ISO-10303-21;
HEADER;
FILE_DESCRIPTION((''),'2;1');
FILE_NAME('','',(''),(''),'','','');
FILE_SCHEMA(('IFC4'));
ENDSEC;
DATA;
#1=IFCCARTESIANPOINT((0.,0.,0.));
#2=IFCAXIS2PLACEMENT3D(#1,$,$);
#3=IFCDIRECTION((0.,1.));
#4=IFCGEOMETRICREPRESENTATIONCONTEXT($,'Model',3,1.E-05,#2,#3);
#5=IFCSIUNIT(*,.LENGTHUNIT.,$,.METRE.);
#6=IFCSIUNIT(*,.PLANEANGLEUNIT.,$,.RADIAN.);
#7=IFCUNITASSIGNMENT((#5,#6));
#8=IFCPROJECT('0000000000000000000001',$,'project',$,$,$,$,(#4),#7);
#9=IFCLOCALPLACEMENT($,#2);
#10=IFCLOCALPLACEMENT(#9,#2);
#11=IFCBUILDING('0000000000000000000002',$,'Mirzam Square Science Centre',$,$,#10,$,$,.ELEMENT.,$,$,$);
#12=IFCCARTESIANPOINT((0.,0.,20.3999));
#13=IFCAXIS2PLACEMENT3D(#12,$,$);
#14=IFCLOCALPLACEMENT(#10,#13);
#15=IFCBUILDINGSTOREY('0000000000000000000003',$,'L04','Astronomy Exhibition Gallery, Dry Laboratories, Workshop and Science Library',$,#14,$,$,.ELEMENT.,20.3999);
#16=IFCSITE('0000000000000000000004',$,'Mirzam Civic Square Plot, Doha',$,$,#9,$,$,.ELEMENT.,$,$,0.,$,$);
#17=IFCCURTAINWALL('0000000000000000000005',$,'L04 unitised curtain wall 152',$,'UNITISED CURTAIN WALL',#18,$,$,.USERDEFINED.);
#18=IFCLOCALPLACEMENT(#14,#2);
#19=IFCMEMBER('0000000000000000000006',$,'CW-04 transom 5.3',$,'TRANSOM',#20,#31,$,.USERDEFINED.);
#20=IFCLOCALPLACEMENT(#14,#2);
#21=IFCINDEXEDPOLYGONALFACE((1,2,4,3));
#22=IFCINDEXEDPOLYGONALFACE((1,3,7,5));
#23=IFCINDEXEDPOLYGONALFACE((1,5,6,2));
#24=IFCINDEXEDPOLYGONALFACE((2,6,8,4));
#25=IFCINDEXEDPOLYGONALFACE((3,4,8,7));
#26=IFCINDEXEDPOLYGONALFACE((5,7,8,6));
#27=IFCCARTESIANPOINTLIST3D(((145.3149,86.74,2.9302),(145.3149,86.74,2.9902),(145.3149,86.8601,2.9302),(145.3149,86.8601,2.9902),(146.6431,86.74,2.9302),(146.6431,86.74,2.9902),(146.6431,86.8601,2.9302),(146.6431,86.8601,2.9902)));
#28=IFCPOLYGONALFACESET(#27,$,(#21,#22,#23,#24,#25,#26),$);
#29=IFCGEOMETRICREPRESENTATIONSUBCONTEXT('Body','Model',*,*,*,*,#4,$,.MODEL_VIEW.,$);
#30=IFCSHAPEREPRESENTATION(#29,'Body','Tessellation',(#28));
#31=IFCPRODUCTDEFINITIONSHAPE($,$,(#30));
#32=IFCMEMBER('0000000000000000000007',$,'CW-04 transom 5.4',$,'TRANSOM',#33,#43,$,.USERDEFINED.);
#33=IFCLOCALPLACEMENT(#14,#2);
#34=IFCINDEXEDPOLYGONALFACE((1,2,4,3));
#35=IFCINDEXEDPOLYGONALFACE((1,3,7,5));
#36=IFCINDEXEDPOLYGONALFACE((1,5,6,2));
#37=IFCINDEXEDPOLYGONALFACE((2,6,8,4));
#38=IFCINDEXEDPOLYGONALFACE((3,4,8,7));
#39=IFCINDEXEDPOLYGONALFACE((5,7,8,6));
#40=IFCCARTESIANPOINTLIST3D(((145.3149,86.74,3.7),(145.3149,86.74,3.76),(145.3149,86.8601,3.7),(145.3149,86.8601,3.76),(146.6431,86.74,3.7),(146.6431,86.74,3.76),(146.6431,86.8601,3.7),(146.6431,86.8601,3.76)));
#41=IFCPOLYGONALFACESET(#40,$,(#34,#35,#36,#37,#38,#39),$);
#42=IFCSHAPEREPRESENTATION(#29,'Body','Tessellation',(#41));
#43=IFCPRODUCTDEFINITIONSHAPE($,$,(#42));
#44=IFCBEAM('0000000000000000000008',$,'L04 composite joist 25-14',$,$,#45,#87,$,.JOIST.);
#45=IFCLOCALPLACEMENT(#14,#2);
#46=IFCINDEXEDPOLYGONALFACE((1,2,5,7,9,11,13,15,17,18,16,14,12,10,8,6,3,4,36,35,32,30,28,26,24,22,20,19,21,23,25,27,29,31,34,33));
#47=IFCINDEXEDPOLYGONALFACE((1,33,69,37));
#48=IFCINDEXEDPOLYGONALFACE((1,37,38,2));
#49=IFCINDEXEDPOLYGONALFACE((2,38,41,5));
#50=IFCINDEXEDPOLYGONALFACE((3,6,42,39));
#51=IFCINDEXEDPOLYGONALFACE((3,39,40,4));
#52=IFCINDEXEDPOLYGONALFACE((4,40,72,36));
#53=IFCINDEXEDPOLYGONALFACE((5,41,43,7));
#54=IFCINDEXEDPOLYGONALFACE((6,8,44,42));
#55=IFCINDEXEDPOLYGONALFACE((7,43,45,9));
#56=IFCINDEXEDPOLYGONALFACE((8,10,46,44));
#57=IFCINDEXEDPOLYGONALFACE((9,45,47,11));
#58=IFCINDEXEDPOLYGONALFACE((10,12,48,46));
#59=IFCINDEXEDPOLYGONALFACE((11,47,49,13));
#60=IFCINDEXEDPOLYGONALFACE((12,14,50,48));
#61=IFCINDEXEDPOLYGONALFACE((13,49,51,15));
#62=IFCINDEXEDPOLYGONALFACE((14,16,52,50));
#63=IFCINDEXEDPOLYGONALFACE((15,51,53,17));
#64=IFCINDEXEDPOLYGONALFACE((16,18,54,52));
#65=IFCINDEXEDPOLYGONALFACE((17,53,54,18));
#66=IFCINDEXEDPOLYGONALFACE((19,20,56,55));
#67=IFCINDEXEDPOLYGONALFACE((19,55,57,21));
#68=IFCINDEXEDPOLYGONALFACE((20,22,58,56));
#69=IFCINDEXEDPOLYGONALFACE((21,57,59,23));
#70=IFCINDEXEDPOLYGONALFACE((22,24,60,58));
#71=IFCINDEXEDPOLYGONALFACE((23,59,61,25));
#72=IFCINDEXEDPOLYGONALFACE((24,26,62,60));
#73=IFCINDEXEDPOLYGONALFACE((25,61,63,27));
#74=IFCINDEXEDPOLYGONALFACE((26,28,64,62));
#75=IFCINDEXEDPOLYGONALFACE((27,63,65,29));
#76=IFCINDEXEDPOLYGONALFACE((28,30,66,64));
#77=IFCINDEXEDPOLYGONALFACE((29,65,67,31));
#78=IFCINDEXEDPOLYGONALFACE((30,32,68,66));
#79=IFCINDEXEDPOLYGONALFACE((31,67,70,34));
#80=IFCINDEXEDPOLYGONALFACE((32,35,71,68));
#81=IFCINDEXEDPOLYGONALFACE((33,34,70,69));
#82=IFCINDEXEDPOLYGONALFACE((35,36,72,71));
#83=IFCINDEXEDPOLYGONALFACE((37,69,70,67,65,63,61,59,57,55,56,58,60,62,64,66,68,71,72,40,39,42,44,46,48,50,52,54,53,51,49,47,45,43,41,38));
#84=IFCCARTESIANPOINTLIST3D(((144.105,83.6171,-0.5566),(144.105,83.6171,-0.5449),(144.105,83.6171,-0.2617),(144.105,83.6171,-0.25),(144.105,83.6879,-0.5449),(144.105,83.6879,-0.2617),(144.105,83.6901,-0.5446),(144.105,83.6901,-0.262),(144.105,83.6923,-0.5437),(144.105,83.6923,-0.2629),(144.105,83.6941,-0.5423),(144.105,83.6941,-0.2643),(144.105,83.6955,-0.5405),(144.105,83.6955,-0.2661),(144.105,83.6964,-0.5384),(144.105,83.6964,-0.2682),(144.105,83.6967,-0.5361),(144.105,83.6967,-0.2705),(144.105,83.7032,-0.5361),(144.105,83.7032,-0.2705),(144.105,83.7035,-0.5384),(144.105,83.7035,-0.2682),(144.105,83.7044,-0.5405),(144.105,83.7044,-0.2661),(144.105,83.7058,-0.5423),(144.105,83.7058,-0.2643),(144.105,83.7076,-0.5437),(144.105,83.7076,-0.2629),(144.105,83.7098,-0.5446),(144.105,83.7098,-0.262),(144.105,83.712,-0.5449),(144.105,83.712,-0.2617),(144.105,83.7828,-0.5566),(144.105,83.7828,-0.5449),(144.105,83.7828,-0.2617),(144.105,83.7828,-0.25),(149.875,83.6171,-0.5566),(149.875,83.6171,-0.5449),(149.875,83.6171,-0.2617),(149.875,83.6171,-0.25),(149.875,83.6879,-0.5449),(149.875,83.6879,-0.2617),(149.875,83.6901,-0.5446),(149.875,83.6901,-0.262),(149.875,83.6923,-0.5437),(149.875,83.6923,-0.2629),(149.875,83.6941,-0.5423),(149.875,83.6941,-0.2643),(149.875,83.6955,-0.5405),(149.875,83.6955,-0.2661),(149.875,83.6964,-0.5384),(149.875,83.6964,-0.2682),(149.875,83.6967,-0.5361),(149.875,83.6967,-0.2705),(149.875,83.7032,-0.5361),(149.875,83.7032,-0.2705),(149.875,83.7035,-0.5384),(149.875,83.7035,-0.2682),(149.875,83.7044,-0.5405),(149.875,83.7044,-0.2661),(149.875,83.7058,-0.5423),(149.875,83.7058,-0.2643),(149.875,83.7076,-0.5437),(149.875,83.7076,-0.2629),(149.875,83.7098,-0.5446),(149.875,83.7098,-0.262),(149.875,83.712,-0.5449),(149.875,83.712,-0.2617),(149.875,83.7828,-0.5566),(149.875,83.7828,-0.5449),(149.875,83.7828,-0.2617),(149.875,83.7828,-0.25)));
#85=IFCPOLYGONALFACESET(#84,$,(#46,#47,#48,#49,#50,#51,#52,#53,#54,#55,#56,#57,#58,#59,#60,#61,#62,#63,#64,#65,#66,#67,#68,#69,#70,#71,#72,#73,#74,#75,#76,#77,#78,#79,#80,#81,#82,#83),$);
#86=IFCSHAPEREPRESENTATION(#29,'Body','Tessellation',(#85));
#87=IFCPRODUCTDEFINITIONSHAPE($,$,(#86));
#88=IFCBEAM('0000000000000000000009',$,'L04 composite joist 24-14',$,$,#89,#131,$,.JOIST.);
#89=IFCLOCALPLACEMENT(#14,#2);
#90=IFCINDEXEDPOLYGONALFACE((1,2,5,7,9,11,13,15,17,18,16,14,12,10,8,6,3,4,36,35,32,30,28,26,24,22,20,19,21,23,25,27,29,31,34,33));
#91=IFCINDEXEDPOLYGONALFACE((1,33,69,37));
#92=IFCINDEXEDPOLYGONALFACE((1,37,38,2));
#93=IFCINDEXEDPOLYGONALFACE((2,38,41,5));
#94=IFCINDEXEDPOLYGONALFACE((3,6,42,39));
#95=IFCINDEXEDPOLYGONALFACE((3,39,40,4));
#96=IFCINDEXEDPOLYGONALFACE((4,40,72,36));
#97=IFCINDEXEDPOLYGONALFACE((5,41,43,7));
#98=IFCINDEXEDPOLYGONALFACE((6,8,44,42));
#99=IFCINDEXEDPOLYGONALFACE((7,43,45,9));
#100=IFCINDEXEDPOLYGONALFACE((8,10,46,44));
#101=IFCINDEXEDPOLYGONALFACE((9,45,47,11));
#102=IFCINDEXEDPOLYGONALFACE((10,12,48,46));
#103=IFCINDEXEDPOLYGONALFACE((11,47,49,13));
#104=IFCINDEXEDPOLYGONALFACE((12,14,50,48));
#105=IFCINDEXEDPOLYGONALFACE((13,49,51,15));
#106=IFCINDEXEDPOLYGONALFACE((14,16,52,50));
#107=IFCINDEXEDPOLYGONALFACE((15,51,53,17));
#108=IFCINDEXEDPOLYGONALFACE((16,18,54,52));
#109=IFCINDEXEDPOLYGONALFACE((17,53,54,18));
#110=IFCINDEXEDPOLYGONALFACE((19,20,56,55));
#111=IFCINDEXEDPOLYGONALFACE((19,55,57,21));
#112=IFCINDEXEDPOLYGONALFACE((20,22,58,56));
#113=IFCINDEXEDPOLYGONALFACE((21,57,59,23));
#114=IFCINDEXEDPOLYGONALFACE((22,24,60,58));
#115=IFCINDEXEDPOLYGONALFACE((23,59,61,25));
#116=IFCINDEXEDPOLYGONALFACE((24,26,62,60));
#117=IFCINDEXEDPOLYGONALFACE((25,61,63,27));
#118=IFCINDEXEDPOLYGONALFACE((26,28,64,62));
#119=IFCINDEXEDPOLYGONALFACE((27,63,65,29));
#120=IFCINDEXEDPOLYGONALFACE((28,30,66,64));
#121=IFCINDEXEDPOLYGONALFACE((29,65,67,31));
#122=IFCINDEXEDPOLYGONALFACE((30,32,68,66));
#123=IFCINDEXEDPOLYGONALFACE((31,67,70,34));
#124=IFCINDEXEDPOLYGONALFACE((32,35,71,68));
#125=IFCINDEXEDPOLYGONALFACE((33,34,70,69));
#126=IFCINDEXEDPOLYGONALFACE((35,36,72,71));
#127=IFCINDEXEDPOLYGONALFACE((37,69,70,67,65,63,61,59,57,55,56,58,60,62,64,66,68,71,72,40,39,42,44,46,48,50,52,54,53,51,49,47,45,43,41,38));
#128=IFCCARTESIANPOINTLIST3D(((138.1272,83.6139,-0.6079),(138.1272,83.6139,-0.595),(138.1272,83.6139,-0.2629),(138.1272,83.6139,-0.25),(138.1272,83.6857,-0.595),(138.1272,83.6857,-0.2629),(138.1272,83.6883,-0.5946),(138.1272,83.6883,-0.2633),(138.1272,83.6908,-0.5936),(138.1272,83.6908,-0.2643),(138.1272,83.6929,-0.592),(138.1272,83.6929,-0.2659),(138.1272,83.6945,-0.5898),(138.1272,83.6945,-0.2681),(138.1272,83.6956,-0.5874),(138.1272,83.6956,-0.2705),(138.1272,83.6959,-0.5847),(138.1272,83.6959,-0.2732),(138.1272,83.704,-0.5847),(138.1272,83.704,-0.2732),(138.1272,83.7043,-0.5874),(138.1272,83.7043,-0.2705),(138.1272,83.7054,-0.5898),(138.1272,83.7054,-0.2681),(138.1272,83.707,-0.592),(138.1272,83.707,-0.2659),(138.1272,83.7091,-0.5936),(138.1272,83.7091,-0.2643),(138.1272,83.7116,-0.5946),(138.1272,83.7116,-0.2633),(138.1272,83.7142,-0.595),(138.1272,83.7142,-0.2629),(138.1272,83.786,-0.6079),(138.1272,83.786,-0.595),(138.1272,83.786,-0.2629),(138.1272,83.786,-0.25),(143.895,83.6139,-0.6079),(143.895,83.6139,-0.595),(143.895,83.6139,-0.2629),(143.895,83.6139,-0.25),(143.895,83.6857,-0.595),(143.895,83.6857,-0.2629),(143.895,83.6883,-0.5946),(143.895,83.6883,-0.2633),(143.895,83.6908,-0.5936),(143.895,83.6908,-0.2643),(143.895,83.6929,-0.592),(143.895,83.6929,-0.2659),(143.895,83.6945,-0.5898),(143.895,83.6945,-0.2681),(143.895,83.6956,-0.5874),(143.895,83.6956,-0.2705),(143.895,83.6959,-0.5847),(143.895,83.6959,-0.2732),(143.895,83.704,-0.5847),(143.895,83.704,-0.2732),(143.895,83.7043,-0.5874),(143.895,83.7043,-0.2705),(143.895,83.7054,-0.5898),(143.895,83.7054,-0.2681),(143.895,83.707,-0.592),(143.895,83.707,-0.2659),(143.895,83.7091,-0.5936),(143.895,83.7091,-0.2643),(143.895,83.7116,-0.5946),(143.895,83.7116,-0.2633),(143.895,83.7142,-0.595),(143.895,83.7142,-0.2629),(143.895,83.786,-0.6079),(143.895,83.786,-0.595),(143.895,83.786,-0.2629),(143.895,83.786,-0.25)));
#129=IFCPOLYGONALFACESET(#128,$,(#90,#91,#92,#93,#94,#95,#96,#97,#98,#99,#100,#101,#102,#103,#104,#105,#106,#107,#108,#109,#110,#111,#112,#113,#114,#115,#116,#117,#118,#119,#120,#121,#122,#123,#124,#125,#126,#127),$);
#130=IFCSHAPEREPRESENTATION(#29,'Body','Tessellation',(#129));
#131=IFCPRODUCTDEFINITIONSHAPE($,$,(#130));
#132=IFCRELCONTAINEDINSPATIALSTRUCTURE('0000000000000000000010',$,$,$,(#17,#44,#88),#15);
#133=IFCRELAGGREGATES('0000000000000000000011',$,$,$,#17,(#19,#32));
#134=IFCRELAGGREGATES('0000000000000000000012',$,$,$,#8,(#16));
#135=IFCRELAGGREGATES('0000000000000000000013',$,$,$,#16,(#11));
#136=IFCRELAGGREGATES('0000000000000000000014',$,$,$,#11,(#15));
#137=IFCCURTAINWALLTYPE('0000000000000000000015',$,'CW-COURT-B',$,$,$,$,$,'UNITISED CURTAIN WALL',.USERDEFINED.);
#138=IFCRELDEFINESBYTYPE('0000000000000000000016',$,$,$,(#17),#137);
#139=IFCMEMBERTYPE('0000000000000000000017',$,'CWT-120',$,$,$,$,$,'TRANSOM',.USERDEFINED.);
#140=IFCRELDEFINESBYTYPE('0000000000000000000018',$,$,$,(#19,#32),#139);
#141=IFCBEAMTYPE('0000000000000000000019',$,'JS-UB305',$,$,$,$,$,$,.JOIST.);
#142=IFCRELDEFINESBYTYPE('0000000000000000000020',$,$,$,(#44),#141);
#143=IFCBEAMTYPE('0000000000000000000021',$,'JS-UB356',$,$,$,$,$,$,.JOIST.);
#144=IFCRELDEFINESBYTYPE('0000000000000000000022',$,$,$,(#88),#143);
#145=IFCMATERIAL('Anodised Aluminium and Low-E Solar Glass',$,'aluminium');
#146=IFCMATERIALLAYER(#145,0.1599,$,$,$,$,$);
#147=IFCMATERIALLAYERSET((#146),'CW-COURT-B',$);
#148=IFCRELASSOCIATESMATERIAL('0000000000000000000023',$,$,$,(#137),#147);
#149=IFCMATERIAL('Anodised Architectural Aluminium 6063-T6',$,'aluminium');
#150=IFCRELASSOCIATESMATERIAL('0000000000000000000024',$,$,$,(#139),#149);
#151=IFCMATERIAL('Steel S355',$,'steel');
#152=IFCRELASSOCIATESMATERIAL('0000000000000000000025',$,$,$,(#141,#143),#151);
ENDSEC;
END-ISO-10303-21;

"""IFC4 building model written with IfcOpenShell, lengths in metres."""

from ifc_helpers import new_model, si_unit, direction, frame, origin, origin_2d, place, context, subcontext, project, spatial, rectangle, i_section, extrude, material, layer, layer_set, material_profile, profile_set, type_object, element, aggregate, save


model = new_model("IFC4")

# Units and contexts
model_context = context("Model", 3, precision=1e-05, world=origin(), true_north=direction((0.0, 1.0)))
body_context = subcontext(model_context, "Body", "Model", "MODEL_VIEW")
ifc_project = project(units=[si_unit("LENGTHUNIT", "METRE"), si_unit("PLANEANGLEUNIT", "RADIAN")], contexts=[model_context])

# Site, building, storey
site_placement = place(None, origin())
site = spatial("IfcSite", under=ifc_project, at=site_placement, Name="Mirzam Civic Square Plot, Doha", CompositionType="ELEMENT", RefElevation=0.0)
building_placement = place(site_placement, origin())
building = spatial("IfcBuilding", under=site, at=building_placement, Name="Mirzam Square Science Centre", CompositionType="ELEMENT")
storey_placement = place(building_placement, frame((0.0, 0.0, 20.3999)))
storey = spatial("IfcBuildingStorey", under=building, at=storey_placement, Name="L04", Description="Astronomy Exhibition Gallery, Dry Laboratories, Workshop and Science Library", CompositionType="ELEMENT", Elevation=20.3999)

# Shared definitions
ifc_material_1 = material(Name="Steel S355", Category="steel")

# Curtain wall, members
ifc_material_2 = material(Name="Anodised Aluminium and Low-E Solar Glass", Category="aluminium")
ifc_layer_1 = layer(ifc_material_2, 0.1599)
ifc_layer_set_1 = layer_set([ifc_layer_1], Name="CW-COURT-B")
curtain_wall_type = type_object("IfcCurtainWallType", Name="CW-COURT-B", ElementType="UNITISED CURTAIN WALL", PredefinedType="USERDEFINED", material=ifc_layer_set_1)
curtain_wall_placement = place(storey_placement, origin())
curtain_wall = element("IfcCurtainWall", 1, at=curtain_wall_placement, inside=storey, type_object=curtain_wall_type, Name="L04 unitised curtain wall 152", ObjectType="UNITISED CURTAIN WALL", PredefinedType="USERDEFINED")
ifc_material_3 = material(Name="Anodised Architectural Aluminium 6063-T6", Category="aluminium")
ifc_material_profile_1 = material_profile(ifc_material_3, rectangle(XDim=0.1201, YDim=0.0601, at=origin_2d()), Name="ALU-TRAN-120x60x4")
ifc_profile_set_1 = profile_set([ifc_material_profile_1], Name="Anodised Architectural Aluminium 6063-T6")
member_type_1 = type_object("IfcMemberType", Name="CWT-120", ElementType="TRANSOM", PredefinedType="USERDEFINED", material=ifc_profile_set_1)
member_1_placement = place(storey_placement, frame((146.6431, 86.8, 2.9602), z_axis=(-1.0, 0.0, 0.0), x_axis=(0.0, -1.0, 0.0)))
member_1 = element("IfcMember", 2, at=member_1_placement, type_object=member_type_1, Name="CW-04 transom 5.3", ObjectType="TRANSOM", PredefinedType="USERDEFINED", context=body_context, shape_type="SweptSolid", body=[
    extrude(rectangle(XDim=0.1201, YDim=0.0601, at=origin_2d()), origin(), (0.0, 0.0, 1.0), 1.3281),
])
member_2_placement = place(storey_placement, frame((146.6431, 86.8, 3.73), z_axis=(-1.0, 0.0, 0.0), x_axis=(0.0, -1.0, 0.0)))
member_2 = element("IfcMember", 3, at=member_2_placement, type_object=member_type_1, Name="CW-04 transom 5.4", ObjectType="TRANSOM", PredefinedType="USERDEFINED", context=body_context, shape_type="SweptSolid", body=[
    extrude(rectangle(XDim=0.1201, YDim=0.0601, at=origin_2d()), origin(), (0.0, 0.0, 1.0), 1.3281),
])

# Beams
ifc_material_profile_2 = material_profile(ifc_material_1, i_section(OverallWidth=0.1658, OverallDepth=0.3066, WebThickness=0.0066, FlangeThickness=0.0117, FilletRadius=0.0088, at=origin_2d()), Name="305x165x46UB")
ifc_profile_set_2 = profile_set([ifc_material_profile_2], Name="Steel S355")
beam_type_1 = type_object("IfcBeamType", Name="JS-UB305", PredefinedType="JOIST", material=ifc_profile_set_2)
beam_1_placement = place(storey_placement, frame((144.105, 83.7, -0.4033), z_axis=(1.0, 0.0, 0.0), x_axis=(0.0, 1.0, 0.0)))
element("IfcBeam", 4, at=beam_1_placement, inside=storey, type_object=beam_type_1, Name="L04 composite joist 25-14", PredefinedType="JOIST", context=body_context, shape_type="SweptSolid", body=[
    extrude(i_section(OverallWidth=0.1658, OverallDepth=0.3066, WebThickness=0.0066, FlangeThickness=0.0117, FilletRadius=0.0088, at=origin_2d()), origin(), (0.0, 0.0, 1.0), 5.77),
])
ifc_material_profile_3 = material_profile(ifc_material_1, i_section(OverallWidth=0.1721, OverallDepth=0.3579, WebThickness=0.0081, FlangeThickness=0.0129, FilletRadius=0.0103, at=origin_2d()), Name="356x171x57UB")
ifc_profile_set_3 = profile_set([ifc_material_profile_3], Name="Steel S355")
beam_type_2 = type_object("IfcBeamType", Name="JS-UB356", PredefinedType="JOIST", material=ifc_profile_set_3)
beam_2_placement = place(storey_placement, frame((138.1272, 83.7, -0.429), z_axis=(1.0, 0.0, 0.0), x_axis=(0.0, 1.0, 0.0)))
element("IfcBeam", 5, at=beam_2_placement, inside=storey, type_object=beam_type_2, Name="L04 composite joist 24-14", PredefinedType="JOIST", context=body_context, shape_type="SweptSolid", body=[
    extrude(i_section(OverallWidth=0.1721, OverallDepth=0.3579, WebThickness=0.0081, FlangeThickness=0.0129, FilletRadius=0.0103, at=origin_2d()), origin(), (0.0, 0.0, 1.0), 5.7678),
])

aggregate(curtain_wall, [member_1, member_2])

save(model, "model.ifc")
